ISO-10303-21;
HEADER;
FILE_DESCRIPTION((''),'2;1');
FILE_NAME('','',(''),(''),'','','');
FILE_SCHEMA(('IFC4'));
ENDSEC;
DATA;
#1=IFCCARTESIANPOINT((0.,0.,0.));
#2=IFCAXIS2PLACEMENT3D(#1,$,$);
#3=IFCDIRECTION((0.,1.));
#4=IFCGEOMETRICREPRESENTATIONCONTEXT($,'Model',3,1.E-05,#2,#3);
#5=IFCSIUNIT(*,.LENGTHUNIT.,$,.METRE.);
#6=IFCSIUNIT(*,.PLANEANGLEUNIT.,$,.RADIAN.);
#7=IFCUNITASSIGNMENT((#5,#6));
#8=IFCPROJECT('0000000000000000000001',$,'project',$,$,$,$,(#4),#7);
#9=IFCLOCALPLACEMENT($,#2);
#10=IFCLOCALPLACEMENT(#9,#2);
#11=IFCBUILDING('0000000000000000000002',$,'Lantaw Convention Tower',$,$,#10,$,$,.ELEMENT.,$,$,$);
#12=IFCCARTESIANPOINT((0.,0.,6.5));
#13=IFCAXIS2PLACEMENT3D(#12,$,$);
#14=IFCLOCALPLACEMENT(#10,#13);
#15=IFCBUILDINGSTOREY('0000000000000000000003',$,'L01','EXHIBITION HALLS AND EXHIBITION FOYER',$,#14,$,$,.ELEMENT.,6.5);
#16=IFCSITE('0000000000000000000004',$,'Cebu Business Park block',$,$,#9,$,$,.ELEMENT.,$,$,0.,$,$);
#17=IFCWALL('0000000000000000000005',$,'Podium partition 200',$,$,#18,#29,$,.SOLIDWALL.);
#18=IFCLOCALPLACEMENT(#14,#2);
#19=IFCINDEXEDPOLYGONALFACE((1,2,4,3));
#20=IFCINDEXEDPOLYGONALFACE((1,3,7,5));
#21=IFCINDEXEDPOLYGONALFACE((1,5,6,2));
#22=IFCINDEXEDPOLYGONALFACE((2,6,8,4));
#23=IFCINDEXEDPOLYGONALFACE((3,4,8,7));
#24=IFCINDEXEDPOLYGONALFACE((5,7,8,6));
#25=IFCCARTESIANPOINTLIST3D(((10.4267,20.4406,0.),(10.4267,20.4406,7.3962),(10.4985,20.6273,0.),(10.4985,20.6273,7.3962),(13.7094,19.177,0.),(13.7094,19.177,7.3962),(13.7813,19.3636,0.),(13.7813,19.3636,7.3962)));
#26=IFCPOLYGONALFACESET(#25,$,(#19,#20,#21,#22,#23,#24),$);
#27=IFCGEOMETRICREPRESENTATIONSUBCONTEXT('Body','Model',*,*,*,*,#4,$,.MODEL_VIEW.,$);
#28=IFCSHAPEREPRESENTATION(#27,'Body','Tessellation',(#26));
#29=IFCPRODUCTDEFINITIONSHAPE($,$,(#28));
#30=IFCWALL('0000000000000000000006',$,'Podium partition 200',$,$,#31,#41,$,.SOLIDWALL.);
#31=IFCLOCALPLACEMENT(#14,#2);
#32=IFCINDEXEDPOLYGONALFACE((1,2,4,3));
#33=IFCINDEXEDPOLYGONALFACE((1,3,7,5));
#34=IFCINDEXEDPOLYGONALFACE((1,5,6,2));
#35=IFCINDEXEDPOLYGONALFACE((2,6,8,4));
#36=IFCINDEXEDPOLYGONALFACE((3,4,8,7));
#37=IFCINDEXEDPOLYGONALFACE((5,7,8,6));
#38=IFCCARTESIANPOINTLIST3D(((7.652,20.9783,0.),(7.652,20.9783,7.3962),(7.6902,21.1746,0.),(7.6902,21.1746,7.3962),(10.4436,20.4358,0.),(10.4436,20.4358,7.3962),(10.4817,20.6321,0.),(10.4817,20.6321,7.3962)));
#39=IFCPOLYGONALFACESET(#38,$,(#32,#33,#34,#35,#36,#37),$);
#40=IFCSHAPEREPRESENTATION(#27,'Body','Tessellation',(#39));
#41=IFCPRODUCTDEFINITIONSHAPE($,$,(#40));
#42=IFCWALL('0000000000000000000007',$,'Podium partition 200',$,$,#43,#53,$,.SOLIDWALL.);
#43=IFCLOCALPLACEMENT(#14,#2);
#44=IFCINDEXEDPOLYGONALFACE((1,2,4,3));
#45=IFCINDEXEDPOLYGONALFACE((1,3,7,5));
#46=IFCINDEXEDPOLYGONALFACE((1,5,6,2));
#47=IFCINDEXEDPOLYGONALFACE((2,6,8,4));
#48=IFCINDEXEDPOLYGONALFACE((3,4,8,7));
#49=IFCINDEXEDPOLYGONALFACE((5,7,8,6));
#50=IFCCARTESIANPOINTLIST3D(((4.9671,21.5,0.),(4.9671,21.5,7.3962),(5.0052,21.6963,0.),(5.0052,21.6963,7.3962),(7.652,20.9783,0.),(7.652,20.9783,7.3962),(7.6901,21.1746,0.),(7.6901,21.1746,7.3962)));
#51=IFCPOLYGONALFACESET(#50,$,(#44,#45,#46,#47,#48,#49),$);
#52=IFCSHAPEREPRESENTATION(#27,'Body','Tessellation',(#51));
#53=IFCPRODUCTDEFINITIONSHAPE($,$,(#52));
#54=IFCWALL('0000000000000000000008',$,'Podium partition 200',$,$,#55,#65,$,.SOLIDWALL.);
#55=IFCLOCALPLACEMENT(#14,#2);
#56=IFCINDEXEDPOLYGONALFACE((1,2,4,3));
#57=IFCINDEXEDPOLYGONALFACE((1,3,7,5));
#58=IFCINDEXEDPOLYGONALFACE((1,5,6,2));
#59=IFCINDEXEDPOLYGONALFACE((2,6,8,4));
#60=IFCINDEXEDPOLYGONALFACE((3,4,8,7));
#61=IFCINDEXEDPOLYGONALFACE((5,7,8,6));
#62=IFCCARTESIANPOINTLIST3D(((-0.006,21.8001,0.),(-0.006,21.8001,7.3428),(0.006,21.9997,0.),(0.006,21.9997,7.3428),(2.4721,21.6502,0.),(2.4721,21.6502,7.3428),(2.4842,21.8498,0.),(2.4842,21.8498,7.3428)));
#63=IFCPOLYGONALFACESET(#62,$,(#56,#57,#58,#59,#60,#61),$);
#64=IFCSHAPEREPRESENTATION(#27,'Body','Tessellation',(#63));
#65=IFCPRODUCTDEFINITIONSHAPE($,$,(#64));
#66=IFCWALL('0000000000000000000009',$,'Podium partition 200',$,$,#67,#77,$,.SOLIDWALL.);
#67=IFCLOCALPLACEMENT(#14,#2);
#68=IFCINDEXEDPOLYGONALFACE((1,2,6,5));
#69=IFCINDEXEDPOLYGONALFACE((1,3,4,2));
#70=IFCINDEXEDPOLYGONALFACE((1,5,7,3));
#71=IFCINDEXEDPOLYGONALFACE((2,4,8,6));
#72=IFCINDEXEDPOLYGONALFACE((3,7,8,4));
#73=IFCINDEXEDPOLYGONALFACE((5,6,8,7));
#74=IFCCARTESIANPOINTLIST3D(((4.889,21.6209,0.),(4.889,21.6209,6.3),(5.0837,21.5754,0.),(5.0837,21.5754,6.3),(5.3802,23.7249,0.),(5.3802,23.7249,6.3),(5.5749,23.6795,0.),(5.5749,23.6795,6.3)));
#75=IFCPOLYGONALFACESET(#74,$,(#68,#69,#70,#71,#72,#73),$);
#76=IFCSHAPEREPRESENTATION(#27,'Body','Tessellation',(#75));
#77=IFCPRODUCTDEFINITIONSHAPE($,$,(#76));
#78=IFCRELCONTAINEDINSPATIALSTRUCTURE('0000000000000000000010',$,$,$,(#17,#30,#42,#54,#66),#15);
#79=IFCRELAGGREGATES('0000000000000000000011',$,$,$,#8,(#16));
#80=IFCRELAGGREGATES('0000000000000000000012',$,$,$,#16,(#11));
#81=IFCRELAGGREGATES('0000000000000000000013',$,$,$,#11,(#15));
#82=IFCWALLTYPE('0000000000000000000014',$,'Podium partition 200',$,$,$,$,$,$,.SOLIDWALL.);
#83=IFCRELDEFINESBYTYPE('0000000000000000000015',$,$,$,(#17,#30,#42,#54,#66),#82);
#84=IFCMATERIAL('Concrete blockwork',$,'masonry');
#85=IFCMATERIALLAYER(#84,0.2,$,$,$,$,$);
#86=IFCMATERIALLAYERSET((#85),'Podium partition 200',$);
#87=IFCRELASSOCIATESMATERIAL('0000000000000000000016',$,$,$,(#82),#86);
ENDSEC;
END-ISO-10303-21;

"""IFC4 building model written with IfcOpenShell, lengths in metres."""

from ifc_helpers import new_model, si_unit, direction, frame, frame_2d, origin, place, context, subcontext, project, spatial, rectangle, extrude, material, layer, layer_set, type_object, element, save


model = new_model("IFC4")

# Units and contexts
model_context = context("Model", 3, precision=1e-05, world=origin(), true_north=direction((0.0, 1.0)))
body_context = subcontext(model_context, "Body", "Model", "MODEL_VIEW")
ifc_project = project(units=[si_unit("LENGTHUNIT", "METRE"), si_unit("PLANEANGLEUNIT", "RADIAN")], contexts=[model_context])

# Site, building, storey
site_placement = place(None, origin())
site = spatial("IfcSite", under=ifc_project, at=site_placement, Name="Cebu Business Park block", CompositionType="ELEMENT", RefElevation=0.0)
building_placement = place(site_placement, origin())
building = spatial("IfcBuilding", under=site, at=building_placement, Name="Lantaw Convention Tower", CompositionType="ELEMENT")
storey_placement = place(building_placement, frame((0.0, 0.0, 6.5)))
storey = spatial("IfcBuildingStorey", under=building, at=storey_placement, Name="L01", Description="EXHIBITION HALLS AND EXHIBITION FOYER", CompositionType="ELEMENT", Elevation=6.5)

# Walls
ifc_material_1 = material(Name="Concrete blockwork", Category="masonry")
ifc_layer_1 = layer(ifc_material_1, 0.2)
ifc_layer_set_1 = layer_set([ifc_layer_1], Name="Podium partition 200")
wall_type_1 = type_object("IfcWallType", Name="Podium partition 200", PredefinedType="SOLIDWALL", material=ifc_layer_set_1)
wall_1_placement = place(storey_placement, frame((13.7454, 19.2703, 0.0), z_axis=(0.0, 0.0, 1.0), x_axis=(-0.933242, 0.359249, 0.0)))
element("IfcWall", 1, at=wall_1_placement, inside=storey, type_object=wall_type_1, Name="Podium partition 200", PredefinedType="SOLIDWALL", context=body_context, shape_type="SweptSolid", body=[
    extrude(rectangle(XDim=3.5176, YDim=0.2, at=frame_2d((1.7588, 0.0))), origin(), (0.0, 0.0, 1.0), 7.3962),
])
wall_2_placement = place(storey_placement, frame((10.4626, 20.5339, 0.0), z_axis=(0.0, 0.0, 1.0), x_axis=(-0.981636, 0.190764, 0.0)))
element("IfcWall", 2, at=wall_2_placement, inside=storey, type_object=wall_type_1, Name="Podium partition 200", PredefinedType="SOLIDWALL", context=body_context, shape_type="SweptSolid", body=[
    extrude(rectangle(XDim=2.8438, YDim=0.2, at=frame_2d((1.4219, 0.0))), origin(), (0.0, 0.0, 1.0), 7.3962),
])
wall_3_placement = place(storey_placement, frame((7.6711, 21.0764, 0.0), z_axis=(0.0, 0.0, 1.0), x_axis=(-0.981637, 0.190757, 0.0)))
element("IfcWall", 3, at=wall_3_placement, inside=storey, type_object=wall_type_1, Name="Podium partition 200", PredefinedType="SOLIDWALL", context=body_context, shape_type="SweptSolid", body=[
    extrude(rectangle(XDim=2.7351, YDim=0.2, at=frame_2d((1.3677, 0.0))), origin(), (0.0, 0.0, 1.0), 7.3962),
])
wall_4_placement = place(storey_placement, frame((2.478, 21.75, 0.0), z_axis=(0.0, 0.0, 1.0), x_axis=(-0.998175, 0.060382, 0.0)))
element("IfcWall", 4, at=wall_4_placement, inside=storey, type_object=wall_type_1, Name="Podium partition 200", PredefinedType="SOLIDWALL", context=body_context, shape_type="SweptSolid", body=[
    extrude(rectangle(XDim=2.4827, YDim=0.2, at=frame_2d((1.2412, 0.0))), origin(), (0.0, 0.0, 1.0), 7.3428),
])
wall_5_placement = place(storey_placement, frame((4.9863, 21.5981, 0.0), z_axis=(0.0, 0.0, 1.0), x_axis=(0.227351, 0.973813, 0.0)))
element("IfcWall", 5, at=wall_5_placement, inside=storey, type_object=wall_type_1, Name="Podium partition 200", PredefinedType="SOLIDWALL", context=body_context, shape_type="SweptSolid", body=[
    extrude(rectangle(XDim=2.1606, YDim=0.2, at=frame_2d((1.0803, 0.0))), origin(), (0.0, 0.0, 1.0), 6.3),
])

save(model, "model.ifc")
